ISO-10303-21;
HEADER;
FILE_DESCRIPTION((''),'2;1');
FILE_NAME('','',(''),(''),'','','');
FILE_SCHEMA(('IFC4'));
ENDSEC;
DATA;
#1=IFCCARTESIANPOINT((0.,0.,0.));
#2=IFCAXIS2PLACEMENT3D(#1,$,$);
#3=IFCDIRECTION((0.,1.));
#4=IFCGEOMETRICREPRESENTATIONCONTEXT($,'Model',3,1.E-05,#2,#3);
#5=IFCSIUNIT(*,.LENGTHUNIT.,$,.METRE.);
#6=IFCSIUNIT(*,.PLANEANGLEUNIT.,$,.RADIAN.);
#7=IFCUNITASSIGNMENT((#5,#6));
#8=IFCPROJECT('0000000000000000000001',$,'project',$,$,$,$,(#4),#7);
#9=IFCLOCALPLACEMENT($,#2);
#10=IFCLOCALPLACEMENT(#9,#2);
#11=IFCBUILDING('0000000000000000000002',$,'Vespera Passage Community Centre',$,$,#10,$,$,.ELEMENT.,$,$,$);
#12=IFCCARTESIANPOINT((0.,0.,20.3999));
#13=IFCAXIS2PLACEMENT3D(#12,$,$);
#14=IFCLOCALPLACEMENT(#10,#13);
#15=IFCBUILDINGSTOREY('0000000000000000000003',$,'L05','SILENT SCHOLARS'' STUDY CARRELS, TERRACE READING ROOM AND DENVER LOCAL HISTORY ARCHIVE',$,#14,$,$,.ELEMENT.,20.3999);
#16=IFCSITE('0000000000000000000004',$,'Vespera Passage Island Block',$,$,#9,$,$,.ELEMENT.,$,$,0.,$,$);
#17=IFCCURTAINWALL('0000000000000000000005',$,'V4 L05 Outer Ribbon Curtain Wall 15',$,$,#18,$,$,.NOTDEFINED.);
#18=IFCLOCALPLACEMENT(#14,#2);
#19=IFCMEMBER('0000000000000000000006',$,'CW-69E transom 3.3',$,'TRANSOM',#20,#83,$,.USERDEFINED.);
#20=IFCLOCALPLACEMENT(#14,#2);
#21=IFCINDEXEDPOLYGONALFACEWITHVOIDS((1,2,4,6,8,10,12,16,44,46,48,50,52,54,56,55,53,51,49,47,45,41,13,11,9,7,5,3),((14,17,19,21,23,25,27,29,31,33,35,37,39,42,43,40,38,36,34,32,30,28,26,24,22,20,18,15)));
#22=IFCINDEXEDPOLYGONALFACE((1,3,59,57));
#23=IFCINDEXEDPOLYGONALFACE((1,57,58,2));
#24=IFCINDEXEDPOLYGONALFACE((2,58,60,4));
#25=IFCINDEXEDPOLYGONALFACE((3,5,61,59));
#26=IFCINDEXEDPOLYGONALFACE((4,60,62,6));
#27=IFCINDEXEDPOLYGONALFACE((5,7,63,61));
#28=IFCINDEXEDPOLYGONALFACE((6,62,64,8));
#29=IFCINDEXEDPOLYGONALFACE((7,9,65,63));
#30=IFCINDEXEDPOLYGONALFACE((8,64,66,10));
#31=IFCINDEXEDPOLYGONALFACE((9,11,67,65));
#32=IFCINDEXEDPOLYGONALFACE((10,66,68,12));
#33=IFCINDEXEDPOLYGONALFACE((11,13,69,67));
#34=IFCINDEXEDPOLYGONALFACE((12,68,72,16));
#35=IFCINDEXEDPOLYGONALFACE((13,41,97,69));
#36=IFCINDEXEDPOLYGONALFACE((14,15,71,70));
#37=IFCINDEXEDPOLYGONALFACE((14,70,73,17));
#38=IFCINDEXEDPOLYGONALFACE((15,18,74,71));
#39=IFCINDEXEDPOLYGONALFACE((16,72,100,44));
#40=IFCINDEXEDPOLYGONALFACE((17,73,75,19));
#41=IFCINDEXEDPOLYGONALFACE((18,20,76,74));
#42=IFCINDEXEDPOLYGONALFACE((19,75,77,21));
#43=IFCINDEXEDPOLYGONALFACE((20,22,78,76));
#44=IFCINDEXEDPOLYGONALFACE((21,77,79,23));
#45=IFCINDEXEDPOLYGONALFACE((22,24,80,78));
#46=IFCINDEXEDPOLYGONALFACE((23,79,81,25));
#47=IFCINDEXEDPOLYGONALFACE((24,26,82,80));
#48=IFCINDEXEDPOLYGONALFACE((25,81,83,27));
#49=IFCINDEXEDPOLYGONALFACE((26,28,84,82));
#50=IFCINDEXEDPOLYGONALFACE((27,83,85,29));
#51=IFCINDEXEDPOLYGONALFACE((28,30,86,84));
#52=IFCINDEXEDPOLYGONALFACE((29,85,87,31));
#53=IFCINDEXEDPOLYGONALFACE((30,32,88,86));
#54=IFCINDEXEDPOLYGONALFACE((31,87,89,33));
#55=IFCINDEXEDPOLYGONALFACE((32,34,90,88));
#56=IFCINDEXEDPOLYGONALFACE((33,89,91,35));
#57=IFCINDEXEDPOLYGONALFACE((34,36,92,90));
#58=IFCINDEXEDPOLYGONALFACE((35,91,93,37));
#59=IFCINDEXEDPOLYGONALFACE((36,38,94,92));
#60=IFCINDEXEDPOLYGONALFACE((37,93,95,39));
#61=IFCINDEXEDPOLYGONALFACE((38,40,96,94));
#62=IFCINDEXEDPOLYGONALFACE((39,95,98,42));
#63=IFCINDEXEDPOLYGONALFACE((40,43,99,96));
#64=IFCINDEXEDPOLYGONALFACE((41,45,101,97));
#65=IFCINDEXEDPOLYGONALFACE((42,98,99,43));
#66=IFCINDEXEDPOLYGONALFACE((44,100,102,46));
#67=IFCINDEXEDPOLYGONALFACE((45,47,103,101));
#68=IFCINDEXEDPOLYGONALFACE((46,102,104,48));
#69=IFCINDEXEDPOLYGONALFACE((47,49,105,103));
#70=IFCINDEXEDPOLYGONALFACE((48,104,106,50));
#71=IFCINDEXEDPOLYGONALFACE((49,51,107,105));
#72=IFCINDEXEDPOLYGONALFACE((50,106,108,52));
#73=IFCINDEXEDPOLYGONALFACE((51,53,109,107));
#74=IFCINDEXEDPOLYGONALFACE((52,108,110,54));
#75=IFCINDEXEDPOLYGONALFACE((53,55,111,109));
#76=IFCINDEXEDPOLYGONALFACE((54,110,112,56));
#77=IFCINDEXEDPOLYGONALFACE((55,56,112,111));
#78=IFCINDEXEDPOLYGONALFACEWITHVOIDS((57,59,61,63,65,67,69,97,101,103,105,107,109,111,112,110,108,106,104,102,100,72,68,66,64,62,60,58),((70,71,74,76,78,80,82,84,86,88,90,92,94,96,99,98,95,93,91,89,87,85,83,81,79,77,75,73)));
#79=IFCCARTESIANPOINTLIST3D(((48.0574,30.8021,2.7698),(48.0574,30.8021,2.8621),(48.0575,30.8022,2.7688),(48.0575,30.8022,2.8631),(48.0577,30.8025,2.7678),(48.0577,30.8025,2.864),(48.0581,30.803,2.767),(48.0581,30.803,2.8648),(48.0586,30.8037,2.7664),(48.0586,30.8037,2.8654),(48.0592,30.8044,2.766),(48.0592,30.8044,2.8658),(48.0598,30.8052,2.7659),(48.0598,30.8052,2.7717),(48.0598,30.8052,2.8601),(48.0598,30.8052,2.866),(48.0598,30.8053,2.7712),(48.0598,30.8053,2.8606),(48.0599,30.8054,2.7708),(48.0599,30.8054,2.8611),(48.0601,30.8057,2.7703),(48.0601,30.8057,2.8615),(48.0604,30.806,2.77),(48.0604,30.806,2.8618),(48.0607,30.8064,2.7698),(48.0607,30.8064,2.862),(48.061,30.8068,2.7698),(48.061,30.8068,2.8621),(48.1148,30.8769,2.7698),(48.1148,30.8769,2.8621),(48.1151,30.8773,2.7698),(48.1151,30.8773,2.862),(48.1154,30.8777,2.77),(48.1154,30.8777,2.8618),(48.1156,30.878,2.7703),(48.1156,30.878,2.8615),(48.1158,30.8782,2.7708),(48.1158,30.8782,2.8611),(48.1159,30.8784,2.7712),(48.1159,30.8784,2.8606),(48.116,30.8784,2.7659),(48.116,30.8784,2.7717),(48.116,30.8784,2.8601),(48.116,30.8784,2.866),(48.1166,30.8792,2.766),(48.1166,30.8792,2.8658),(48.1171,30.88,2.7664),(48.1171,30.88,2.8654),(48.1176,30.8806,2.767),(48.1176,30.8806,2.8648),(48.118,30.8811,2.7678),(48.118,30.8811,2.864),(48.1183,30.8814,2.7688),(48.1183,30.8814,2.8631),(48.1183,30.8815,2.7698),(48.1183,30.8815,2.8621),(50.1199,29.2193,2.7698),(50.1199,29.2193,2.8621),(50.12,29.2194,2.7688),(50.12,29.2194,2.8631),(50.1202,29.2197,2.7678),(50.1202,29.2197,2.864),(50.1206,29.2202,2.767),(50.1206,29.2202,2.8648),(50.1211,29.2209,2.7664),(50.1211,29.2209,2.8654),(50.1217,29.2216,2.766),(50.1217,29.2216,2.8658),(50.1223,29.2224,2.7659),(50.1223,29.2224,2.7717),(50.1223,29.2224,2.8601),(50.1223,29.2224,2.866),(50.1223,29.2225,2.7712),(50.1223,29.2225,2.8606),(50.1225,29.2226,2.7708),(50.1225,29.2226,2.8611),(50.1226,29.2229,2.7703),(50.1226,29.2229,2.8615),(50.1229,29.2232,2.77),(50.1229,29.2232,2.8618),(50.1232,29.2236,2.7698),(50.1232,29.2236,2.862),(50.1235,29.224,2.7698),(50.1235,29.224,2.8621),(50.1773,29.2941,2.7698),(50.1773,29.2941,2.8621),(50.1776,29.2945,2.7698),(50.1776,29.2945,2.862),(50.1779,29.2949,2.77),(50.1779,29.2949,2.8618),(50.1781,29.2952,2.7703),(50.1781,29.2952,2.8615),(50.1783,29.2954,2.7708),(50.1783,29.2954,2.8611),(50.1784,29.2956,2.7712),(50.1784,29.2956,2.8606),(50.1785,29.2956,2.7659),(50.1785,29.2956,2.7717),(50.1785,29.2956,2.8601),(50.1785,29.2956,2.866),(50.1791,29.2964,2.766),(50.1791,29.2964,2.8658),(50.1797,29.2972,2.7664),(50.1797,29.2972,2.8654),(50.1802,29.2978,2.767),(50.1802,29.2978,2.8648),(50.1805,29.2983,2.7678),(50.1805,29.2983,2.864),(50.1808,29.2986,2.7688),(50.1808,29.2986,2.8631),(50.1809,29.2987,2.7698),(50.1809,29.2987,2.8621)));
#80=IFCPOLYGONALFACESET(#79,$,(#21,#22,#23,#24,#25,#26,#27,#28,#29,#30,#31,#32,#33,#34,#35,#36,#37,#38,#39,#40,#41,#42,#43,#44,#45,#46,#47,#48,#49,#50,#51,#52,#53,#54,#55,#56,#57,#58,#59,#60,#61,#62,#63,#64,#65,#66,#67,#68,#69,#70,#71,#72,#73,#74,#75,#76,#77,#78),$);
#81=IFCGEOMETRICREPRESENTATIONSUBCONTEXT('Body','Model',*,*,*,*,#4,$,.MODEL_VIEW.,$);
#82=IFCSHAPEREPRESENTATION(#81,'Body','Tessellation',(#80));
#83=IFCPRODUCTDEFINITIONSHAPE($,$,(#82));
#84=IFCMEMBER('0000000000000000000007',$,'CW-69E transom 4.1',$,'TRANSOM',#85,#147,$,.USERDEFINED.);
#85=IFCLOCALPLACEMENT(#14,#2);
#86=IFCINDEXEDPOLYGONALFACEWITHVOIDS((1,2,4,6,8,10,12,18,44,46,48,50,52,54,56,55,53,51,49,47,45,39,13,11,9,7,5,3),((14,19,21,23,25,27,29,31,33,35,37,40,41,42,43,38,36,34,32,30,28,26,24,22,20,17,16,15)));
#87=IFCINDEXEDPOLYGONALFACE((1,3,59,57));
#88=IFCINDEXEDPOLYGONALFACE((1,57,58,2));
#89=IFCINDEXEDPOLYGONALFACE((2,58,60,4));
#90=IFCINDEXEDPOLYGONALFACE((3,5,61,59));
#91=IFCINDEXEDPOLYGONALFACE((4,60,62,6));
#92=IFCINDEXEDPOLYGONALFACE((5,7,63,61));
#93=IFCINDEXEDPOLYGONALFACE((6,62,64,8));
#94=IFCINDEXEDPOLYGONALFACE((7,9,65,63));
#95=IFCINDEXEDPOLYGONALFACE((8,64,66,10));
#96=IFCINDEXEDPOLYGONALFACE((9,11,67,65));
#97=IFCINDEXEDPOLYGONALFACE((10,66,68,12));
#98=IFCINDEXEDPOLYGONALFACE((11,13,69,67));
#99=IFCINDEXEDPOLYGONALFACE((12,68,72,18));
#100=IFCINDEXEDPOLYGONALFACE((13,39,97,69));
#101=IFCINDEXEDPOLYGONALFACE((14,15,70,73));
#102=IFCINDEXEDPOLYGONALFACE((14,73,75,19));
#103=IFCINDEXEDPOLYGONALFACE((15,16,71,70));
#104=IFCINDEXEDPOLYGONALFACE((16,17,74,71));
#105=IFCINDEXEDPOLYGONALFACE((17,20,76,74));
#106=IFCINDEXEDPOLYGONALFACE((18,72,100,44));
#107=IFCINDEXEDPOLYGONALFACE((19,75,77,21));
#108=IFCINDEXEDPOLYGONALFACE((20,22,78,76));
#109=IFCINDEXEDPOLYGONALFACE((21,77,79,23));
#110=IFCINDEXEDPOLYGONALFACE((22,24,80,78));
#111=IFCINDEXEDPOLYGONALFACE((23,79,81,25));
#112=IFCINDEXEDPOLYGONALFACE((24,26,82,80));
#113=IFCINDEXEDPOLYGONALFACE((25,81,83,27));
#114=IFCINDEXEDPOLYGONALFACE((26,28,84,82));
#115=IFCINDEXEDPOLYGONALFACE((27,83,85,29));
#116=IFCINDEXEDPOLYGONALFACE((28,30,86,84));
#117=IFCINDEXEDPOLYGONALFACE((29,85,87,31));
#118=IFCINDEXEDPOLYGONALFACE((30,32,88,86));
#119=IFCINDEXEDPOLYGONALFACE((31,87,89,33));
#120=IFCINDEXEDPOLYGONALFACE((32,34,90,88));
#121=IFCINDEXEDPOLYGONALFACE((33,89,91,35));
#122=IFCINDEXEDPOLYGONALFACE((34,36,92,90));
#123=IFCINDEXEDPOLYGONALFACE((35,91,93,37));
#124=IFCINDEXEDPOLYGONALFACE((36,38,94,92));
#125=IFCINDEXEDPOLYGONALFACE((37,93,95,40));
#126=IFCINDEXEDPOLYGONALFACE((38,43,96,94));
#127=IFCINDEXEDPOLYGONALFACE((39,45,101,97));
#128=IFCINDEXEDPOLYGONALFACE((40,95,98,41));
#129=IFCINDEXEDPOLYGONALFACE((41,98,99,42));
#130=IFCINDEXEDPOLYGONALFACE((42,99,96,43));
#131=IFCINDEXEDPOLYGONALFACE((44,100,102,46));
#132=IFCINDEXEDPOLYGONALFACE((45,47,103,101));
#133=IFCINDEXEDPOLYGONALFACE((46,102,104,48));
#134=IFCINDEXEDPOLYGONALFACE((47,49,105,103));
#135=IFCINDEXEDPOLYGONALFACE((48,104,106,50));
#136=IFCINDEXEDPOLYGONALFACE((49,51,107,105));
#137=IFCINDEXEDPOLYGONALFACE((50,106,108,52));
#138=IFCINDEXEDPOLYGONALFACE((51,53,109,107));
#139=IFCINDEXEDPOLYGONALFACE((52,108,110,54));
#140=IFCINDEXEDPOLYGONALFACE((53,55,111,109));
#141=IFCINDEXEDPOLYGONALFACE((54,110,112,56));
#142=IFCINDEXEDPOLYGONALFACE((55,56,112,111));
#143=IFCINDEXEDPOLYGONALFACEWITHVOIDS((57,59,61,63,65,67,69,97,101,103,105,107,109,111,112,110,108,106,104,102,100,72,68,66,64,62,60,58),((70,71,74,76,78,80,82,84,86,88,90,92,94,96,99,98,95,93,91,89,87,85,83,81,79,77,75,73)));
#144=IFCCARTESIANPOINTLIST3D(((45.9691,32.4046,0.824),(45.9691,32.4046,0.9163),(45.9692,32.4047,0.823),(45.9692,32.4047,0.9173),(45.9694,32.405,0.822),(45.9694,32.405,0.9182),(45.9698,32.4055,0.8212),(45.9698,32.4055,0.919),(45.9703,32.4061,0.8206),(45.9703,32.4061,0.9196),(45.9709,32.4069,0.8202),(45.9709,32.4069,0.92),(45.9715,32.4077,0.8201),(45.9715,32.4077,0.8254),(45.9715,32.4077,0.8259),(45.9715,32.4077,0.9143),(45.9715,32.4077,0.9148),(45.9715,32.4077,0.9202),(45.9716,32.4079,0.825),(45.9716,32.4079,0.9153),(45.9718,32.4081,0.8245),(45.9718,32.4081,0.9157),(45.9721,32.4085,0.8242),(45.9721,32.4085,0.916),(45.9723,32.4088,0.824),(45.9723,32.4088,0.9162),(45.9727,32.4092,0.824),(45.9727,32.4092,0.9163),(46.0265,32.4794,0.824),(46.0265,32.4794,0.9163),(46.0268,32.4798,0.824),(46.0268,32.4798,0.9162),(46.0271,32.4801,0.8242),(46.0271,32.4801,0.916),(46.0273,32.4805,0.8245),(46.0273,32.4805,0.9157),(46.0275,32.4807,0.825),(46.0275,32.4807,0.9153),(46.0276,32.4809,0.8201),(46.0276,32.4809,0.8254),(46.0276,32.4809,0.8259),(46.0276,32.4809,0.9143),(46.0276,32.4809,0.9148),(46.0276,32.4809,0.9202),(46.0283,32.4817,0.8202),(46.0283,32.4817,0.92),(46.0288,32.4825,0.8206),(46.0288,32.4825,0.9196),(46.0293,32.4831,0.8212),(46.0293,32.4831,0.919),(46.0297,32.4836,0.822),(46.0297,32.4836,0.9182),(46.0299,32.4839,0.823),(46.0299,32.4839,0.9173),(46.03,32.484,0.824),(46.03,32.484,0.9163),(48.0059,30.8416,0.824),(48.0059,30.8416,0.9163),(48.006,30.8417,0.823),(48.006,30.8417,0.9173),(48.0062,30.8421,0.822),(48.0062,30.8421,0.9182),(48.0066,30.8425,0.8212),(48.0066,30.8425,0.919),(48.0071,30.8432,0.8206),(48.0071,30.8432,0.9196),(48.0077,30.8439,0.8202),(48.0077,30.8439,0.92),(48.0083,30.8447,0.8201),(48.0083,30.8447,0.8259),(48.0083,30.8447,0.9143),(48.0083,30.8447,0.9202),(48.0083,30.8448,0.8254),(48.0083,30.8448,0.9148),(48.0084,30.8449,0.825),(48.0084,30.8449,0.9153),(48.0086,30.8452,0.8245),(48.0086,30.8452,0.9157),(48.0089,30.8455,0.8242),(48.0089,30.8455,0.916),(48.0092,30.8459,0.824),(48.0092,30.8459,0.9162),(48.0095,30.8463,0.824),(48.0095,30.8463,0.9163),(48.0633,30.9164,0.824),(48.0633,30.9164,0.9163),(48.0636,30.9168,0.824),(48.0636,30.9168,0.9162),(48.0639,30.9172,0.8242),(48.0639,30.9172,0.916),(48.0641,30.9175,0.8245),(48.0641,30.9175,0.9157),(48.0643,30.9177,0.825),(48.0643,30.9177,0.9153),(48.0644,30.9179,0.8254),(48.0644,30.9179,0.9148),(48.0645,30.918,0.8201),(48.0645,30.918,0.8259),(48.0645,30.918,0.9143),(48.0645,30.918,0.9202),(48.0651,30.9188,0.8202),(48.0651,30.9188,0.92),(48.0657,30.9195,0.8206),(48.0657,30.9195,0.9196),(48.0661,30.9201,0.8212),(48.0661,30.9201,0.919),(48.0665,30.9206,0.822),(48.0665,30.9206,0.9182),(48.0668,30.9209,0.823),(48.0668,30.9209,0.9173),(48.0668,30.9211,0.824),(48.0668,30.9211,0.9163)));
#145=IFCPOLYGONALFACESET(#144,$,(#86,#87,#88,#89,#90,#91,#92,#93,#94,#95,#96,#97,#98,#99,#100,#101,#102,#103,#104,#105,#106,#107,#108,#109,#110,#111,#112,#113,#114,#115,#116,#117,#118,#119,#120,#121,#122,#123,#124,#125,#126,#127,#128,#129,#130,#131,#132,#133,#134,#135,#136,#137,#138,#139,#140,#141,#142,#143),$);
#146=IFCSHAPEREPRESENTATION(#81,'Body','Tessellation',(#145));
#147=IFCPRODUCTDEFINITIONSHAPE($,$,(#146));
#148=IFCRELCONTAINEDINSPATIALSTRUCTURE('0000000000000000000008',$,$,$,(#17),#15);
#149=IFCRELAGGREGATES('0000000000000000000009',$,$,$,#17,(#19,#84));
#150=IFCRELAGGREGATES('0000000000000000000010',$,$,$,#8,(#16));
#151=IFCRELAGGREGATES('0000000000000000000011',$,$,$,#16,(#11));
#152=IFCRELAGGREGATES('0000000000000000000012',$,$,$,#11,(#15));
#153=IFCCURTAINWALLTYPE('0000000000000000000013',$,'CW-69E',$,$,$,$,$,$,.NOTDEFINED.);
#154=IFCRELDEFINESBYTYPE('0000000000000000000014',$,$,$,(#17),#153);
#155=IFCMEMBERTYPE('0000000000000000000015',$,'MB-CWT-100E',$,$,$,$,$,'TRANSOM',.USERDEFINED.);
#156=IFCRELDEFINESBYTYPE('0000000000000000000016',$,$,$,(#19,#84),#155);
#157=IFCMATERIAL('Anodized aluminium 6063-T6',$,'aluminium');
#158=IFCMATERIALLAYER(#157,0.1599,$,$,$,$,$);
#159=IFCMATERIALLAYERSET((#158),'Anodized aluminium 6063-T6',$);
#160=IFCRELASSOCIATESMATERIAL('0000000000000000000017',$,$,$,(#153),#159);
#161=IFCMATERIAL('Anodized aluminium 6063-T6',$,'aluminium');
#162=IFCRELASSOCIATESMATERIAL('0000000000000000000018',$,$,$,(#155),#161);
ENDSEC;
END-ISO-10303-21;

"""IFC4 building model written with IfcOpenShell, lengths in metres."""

from ifc_helpers import new_model, si_unit, direction, frame, origin, origin_2d, place, context, subcontext, project, spatial, hollow_rectangle, extrude, material, layer, layer_set, material_profile, profile_set, type_object, element, aggregate, save


model = new_model("IFC4")

# Units and contexts
model_context = context("Model", 3, precision=1e-05, world=origin(), true_north=direction((0.0, 1.0)))
body_context = subcontext(model_context, "Body", "Model", "MODEL_VIEW")
ifc_project = project(units=[si_unit("LENGTHUNIT", "METRE"), si_unit("PLANEANGLEUNIT", "RADIAN")], contexts=[model_context])

# Site, building, storey
site_placement = place(None, origin())
site = spatial("IfcSite", under=ifc_project, at=site_placement, Name="Vespera Passage Island Block", CompositionType="ELEMENT", RefElevation=0.0)
building_placement = place(site_placement, origin())
building = spatial("IfcBuilding", under=site, at=building_placement, Name="Vespera Passage Community Centre", CompositionType="ELEMENT")
storey_placement = place(building_placement, frame((0.0, 0.0, 20.3999)))
storey = spatial("IfcBuildingStorey", under=building, at=storey_placement, Name="L05", Description="SILENT SCHOLARS' STUDY CARRELS, TERRACE READING ROOM AND DENVER LOCAL HISTORY ARCHIVE", CompositionType="ELEMENT", Elevation=20.3999)

# Curtain wall, members
ifc_material_1 = material(Name="Anodized aluminium 6063-T6", Category="aluminium")
ifc_layer_1 = layer(ifc_material_1, 0.1599)
ifc_layer_set_1 = layer_set([ifc_layer_1], Name="Anodized aluminium 6063-T6")
curtain_wall_type = type_object("IfcCurtainWallType", Name="CW-69E", PredefinedType="NOTDEFINED", material=ifc_layer_set_1)
curtain_wall_placement = place(storey_placement, origin())
curtain_wall = element("IfcCurtainWall", 1, at=curtain_wall_placement, inside=storey, type_object=curtain_wall_type, Name="V4 L05 Outer Ribbon Curtain Wall 15", PredefinedType="NOTDEFINED")
ifc_material_2 = material(Name="Anodized aluminium 6063-T6", Category="aluminium")
ifc_material_profile_1 = material_profile(ifc_material_2, hollow_rectangle(XDim=0.1001, YDim=0.1001, WallThickness=0.0039, InnerFilletRadius=0.002, OuterFilletRadius=0.0039, at=origin_2d()), Name="ALU100X100X4")
ifc_profile_set_1 = profile_set([ifc_material_profile_1], Name="Anodized aluminium 6063-T6")
member_type_1 = type_object("IfcMemberType", Name="MB-CWT-100E", ElementType="TRANSOM", PredefinedType="USERDEFINED", material=ifc_profile_set_1)
member_1_placement = place(storey_placement, frame((50.1504, 29.259, 2.8159), z_axis=(-0.793325, 0.608798, 0.0), x_axis=(-0.608798, -0.793325, 0.0)))
member_1 = element("IfcMember", 2, at=member_1_placement, type_object=member_type_1, Name="CW-69E transom 3.3", ObjectType="TRANSOM", PredefinedType="USERDEFINED", context=body_context, shape_type="SweptSolid", body=[
    extrude(hollow_rectangle(XDim=0.1001, YDim=0.1001, WallThickness=0.0039, InnerFilletRadius=0.002, OuterFilletRadius=0.0039, at=origin_2d()), origin(), (0.0, 0.0, 1.0), 2.5999),
])
member_2_placement = place(storey_placement, frame((48.0364, 30.8813, 0.8701), z_axis=(-0.793345, 0.608773, 0.0), x_axis=(-0.608773, -0.793345, 0.0)))
member_2 = element("IfcMember", 3, at=member_2_placement, type_object=member_type_1, Name="CW-69E transom 4.1", ObjectType="TRANSOM", PredefinedType="USERDEFINED", context=body_context, shape_type="SweptSolid", body=[
    extrude(hollow_rectangle(XDim=0.1001, YDim=0.1001, WallThickness=0.0039, InnerFilletRadius=0.002, OuterFilletRadius=0.0039, at=origin_2d()), origin(), (0.0, 0.0, 1.0), 2.5674),
])
aggregate(curtain_wall, [member_1, member_2])

save(model, "model.ifc")
